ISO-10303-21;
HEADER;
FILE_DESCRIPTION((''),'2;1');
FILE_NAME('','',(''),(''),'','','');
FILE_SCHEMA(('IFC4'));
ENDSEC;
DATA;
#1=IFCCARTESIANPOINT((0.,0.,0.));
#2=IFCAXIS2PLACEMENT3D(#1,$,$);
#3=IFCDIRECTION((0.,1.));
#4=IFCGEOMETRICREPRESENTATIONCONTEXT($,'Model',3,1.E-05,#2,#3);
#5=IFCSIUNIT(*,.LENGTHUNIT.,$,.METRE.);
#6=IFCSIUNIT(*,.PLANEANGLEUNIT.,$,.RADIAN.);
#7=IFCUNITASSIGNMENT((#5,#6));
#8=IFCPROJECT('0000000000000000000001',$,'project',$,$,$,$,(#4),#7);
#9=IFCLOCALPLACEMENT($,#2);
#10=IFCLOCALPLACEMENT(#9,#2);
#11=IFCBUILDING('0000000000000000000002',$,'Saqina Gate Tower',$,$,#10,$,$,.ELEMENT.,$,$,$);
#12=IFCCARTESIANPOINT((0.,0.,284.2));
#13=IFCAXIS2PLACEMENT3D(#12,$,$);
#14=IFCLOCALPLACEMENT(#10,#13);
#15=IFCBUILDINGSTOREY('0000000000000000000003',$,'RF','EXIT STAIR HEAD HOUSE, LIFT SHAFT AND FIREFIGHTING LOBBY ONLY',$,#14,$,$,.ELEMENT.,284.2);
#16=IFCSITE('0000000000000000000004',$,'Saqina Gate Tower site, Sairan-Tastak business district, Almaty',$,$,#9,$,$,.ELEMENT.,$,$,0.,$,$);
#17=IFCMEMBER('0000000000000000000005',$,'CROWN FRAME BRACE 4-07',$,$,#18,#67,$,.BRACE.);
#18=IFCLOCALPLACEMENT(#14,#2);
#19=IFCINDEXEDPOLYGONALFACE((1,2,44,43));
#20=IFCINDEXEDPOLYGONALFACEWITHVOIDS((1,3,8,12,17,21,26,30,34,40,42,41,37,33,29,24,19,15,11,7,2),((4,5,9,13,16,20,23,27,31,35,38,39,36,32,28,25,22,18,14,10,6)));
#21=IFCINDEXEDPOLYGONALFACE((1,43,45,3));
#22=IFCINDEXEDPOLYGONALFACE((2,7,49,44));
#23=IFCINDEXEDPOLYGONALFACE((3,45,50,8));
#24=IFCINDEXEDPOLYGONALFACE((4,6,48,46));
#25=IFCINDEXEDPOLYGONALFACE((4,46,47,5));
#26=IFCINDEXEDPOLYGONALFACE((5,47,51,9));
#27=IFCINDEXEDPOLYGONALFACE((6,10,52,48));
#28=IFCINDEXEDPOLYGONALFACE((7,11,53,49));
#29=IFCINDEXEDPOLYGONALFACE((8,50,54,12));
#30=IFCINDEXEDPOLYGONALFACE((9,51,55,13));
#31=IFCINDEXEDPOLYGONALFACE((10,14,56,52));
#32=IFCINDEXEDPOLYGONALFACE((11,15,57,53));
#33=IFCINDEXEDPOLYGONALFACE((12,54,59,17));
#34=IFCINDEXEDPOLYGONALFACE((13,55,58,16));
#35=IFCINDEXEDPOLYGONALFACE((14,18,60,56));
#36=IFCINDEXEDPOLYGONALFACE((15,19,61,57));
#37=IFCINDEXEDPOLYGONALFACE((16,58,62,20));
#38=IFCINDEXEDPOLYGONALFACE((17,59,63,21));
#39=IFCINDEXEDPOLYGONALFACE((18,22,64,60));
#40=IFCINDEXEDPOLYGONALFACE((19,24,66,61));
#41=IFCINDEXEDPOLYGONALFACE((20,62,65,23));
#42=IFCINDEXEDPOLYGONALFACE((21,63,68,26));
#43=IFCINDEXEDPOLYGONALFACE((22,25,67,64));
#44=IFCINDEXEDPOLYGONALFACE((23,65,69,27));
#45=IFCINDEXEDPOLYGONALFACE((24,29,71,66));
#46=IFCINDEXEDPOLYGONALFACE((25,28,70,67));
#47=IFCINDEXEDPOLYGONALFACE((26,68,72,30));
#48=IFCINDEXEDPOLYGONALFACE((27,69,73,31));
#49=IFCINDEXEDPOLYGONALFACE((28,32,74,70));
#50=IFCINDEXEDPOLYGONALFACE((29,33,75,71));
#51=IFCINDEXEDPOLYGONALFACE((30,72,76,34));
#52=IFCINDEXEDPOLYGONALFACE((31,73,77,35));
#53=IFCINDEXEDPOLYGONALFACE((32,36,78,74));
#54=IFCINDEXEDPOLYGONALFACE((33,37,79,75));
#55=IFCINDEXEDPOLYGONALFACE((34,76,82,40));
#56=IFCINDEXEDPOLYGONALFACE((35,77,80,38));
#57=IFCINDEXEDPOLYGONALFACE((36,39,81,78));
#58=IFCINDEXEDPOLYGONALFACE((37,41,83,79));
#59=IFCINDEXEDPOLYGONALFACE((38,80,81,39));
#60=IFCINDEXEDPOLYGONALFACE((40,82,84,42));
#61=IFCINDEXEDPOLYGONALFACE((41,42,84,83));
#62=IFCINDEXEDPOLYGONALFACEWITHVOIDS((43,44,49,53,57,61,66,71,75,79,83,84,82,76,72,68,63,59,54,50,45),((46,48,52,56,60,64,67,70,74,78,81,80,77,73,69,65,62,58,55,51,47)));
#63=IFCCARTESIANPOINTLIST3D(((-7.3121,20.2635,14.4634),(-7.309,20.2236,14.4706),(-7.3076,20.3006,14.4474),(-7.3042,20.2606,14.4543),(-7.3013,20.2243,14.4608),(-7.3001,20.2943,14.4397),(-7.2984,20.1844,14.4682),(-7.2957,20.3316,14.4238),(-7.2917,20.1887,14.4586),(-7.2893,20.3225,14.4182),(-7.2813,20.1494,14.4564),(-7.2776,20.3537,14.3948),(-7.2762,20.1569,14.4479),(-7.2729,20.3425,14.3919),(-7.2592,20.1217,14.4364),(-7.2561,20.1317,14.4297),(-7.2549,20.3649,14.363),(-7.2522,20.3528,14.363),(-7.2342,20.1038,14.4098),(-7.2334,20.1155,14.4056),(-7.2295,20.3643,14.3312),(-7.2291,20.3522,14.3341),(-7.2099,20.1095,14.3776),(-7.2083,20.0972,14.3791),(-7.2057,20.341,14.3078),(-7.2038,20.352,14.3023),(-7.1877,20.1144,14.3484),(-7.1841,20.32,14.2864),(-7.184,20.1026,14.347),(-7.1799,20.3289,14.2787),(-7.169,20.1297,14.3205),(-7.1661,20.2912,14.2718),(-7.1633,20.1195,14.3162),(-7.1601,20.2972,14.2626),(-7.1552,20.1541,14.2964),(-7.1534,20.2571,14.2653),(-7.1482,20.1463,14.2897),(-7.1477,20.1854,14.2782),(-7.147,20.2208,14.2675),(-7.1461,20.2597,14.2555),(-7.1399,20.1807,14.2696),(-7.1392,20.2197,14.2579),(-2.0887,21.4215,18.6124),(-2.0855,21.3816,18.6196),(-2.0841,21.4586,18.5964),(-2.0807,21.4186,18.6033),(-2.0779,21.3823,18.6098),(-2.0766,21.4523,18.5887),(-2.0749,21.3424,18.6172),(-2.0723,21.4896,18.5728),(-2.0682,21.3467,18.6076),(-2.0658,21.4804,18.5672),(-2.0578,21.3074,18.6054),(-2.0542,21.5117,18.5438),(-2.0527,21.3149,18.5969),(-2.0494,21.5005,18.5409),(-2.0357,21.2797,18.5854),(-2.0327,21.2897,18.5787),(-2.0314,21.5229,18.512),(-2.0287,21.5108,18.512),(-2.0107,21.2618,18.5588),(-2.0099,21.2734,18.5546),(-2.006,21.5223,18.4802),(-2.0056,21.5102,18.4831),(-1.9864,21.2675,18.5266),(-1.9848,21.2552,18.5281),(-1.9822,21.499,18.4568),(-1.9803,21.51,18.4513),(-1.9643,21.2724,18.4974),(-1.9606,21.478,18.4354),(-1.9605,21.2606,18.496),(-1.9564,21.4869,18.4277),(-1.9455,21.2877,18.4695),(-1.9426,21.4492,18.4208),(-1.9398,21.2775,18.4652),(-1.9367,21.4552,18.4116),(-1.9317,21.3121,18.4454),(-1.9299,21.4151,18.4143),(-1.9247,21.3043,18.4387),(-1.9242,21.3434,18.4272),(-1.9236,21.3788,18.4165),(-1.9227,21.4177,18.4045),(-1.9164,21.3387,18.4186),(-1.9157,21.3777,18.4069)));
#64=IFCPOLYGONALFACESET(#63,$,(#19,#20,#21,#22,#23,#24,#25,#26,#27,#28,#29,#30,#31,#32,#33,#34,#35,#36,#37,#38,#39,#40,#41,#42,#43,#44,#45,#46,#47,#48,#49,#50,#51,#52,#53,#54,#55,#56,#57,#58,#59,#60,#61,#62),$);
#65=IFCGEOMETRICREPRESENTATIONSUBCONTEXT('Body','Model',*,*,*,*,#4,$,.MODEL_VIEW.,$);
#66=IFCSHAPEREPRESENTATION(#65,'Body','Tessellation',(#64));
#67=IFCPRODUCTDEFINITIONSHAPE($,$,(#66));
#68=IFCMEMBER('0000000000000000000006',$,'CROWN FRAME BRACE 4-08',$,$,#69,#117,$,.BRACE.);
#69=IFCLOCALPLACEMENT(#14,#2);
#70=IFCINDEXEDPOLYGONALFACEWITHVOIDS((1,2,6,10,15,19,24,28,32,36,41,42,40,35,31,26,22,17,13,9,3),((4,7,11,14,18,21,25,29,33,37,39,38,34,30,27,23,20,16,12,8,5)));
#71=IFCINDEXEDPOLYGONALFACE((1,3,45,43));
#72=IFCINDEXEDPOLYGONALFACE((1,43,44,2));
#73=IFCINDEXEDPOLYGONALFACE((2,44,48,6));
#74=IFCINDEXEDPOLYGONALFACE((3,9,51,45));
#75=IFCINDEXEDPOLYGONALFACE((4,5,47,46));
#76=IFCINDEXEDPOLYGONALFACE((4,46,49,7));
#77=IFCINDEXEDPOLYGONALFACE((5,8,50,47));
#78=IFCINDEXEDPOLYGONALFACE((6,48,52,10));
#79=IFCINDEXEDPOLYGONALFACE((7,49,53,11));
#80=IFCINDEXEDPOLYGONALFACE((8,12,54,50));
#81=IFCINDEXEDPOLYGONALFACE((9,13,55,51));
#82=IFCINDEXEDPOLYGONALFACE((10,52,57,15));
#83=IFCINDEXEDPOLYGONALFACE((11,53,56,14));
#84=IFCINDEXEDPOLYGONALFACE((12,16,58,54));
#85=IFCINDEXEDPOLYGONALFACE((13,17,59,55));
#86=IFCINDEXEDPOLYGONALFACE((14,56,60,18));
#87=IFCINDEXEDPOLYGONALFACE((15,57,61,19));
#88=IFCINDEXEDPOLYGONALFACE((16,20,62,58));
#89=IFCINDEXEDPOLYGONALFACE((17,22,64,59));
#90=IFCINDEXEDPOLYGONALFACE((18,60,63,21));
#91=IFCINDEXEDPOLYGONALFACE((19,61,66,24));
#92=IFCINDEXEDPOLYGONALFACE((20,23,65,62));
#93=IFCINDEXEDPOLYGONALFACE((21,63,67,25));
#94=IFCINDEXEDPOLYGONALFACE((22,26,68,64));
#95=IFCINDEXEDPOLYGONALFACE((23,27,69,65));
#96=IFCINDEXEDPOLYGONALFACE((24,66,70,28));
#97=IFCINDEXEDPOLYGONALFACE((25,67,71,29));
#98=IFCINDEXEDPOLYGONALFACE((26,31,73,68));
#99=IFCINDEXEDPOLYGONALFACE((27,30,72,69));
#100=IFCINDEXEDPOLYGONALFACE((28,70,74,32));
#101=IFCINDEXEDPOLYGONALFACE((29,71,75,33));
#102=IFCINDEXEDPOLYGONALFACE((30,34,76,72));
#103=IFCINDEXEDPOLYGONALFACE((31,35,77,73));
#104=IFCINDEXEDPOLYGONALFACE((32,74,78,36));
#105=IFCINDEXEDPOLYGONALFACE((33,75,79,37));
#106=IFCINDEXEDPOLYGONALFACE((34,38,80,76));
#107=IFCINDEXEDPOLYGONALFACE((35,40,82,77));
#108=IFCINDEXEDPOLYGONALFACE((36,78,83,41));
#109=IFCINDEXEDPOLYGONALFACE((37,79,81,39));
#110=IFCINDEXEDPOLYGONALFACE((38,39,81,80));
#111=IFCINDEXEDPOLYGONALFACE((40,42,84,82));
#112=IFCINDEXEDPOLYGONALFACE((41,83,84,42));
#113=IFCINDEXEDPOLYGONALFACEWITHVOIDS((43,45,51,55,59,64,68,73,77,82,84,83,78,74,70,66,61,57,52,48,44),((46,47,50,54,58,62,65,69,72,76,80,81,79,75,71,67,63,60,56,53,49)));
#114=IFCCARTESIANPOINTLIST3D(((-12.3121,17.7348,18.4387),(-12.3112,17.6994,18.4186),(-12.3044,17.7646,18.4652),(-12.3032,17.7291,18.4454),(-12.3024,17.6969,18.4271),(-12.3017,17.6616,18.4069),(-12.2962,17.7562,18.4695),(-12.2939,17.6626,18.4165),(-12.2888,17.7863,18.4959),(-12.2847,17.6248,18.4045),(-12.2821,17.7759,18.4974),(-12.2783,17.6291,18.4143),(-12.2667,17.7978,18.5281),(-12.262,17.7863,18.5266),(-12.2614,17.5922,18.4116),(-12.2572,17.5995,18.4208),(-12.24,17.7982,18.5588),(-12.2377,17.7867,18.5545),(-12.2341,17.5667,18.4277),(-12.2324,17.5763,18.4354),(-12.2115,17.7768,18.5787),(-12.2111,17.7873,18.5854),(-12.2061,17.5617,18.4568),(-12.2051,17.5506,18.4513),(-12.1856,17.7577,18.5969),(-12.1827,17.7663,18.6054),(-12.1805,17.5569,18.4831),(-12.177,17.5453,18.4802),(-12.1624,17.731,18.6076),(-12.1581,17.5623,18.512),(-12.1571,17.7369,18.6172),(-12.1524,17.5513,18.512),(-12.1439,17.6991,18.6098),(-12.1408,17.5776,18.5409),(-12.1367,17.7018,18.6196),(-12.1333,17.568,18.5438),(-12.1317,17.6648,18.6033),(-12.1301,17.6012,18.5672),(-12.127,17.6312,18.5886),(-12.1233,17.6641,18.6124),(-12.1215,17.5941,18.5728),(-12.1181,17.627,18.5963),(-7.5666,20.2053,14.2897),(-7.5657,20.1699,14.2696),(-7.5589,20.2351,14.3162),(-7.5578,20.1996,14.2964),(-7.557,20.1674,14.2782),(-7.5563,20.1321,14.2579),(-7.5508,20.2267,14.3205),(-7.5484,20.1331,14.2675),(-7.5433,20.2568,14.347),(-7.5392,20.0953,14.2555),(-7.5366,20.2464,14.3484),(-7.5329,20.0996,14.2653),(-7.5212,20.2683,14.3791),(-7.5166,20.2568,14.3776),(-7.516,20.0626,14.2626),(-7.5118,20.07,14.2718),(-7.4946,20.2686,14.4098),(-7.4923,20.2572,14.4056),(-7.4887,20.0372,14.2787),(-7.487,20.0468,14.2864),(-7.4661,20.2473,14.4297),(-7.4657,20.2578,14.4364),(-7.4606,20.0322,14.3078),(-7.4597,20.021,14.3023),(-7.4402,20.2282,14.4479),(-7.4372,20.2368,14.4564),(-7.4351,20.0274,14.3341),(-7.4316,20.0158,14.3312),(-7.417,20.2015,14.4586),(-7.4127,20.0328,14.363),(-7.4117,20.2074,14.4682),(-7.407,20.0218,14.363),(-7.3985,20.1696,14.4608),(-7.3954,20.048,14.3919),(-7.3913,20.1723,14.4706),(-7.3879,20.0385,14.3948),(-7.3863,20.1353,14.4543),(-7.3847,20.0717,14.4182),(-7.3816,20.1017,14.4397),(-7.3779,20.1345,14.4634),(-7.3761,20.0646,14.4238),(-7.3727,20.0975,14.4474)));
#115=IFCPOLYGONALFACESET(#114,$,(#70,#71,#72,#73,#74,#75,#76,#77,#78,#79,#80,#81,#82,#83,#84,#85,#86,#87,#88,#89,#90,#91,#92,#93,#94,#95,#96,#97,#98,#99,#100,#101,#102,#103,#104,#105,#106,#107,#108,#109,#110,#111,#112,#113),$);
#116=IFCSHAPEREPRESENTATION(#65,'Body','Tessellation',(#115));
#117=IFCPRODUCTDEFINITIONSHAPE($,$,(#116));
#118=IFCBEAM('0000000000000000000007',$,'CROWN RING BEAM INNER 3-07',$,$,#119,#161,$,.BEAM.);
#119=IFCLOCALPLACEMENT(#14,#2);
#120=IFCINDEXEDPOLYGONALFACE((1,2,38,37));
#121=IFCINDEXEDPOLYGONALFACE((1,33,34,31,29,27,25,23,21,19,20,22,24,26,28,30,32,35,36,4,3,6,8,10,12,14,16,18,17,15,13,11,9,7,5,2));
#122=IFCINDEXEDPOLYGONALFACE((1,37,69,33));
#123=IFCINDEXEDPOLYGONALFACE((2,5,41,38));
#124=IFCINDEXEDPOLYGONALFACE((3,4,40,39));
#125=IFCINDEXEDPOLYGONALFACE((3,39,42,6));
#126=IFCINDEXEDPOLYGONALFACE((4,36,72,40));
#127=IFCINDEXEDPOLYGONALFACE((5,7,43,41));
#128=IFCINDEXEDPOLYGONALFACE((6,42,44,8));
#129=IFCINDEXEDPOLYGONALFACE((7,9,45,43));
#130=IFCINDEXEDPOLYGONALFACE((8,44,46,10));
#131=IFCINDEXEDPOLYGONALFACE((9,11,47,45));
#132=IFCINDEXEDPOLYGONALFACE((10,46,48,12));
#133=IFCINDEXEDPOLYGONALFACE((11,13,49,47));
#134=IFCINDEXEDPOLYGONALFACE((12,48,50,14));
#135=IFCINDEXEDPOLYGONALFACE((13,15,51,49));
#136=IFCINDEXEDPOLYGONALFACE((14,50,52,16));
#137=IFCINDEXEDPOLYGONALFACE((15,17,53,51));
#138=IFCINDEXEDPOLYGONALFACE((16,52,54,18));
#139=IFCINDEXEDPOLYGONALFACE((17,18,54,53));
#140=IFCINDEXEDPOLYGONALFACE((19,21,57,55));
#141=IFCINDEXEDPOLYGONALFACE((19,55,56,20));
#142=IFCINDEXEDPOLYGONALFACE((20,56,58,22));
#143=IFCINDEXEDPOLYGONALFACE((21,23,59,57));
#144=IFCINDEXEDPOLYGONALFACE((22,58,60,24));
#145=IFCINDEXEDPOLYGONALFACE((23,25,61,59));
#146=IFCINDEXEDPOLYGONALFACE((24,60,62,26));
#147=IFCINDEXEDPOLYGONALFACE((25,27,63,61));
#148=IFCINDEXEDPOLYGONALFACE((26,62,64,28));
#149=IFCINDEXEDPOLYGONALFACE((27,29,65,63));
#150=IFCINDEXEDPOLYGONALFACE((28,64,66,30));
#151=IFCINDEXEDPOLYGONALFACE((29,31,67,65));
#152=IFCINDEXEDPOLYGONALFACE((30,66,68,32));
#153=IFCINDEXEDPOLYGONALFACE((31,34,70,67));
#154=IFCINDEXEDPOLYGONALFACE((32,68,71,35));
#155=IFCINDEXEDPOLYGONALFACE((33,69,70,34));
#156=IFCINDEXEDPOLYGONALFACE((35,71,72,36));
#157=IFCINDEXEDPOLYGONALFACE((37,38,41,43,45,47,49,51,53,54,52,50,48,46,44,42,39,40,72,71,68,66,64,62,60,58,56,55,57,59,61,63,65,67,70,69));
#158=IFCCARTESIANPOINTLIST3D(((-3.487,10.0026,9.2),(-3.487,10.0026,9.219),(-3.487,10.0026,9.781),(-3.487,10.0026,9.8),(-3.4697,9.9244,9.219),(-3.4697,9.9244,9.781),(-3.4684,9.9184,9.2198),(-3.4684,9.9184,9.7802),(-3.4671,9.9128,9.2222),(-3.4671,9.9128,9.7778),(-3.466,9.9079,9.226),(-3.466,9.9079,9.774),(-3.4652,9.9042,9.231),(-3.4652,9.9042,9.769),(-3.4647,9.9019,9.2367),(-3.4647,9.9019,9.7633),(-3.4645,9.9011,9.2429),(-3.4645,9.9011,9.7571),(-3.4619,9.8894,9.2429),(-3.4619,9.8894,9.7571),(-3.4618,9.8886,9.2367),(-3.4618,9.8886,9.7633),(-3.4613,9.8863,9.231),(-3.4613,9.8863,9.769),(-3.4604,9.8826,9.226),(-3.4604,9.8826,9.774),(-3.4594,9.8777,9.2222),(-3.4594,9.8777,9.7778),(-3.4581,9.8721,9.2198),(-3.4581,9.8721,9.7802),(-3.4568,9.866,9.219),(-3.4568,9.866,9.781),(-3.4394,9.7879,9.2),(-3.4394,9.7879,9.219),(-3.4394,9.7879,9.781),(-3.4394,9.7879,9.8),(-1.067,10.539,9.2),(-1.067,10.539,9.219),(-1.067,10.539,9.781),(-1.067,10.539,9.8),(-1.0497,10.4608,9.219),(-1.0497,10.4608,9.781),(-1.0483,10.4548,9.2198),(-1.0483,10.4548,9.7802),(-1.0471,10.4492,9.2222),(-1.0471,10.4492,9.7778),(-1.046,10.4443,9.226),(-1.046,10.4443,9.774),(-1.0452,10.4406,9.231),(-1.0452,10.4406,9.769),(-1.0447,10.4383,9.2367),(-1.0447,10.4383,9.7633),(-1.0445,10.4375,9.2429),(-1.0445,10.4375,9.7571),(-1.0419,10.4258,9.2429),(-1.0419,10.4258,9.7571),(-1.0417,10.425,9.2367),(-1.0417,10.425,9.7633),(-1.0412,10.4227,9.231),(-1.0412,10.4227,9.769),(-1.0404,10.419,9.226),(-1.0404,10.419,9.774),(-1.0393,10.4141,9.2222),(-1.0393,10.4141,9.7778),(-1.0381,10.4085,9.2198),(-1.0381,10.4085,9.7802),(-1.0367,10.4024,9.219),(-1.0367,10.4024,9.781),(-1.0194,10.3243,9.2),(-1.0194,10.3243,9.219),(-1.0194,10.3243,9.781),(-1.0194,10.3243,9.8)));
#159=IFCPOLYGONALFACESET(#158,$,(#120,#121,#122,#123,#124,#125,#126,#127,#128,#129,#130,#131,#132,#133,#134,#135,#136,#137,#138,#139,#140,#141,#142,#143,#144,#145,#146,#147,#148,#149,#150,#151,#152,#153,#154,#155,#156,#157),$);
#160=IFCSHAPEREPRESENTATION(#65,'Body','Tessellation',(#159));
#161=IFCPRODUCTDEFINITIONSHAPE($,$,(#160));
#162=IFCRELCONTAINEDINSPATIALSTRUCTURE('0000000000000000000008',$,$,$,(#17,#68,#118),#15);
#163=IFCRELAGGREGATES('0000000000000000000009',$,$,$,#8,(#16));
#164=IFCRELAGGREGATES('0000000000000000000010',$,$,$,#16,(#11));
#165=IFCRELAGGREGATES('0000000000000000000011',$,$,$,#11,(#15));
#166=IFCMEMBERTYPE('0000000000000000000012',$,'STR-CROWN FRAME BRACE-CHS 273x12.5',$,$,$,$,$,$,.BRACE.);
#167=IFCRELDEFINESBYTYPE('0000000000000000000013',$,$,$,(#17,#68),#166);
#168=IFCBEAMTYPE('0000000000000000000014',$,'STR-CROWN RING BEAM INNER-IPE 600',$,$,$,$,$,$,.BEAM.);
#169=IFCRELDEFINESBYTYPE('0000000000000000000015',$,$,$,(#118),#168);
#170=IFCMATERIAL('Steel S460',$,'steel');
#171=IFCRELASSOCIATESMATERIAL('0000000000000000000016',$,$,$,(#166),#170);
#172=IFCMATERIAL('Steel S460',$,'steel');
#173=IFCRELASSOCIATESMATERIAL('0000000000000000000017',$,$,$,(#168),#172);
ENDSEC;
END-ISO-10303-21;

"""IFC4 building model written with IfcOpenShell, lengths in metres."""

from ifc_helpers import new_model, si_unit, direction, frame, origin, origin_2d, place, context, subcontext, project, spatial, hollow_circle, i_section, extrude, material, material_profile, profile_set, type_object, element, save


model = new_model("IFC4")

# Units and contexts
model_context = context("Model", 3, precision=1e-05, world=origin(), true_north=direction((0.0, 1.0)))
body_context = subcontext(model_context, "Body", "Model", "MODEL_VIEW")
ifc_project = project(units=[si_unit("LENGTHUNIT", "METRE"), si_unit("PLANEANGLEUNIT", "RADIAN")], contexts=[model_context])

# Site, building, storey
site_placement = place(None, origin())
site = spatial("IfcSite", under=ifc_project, at=site_placement, Name="Saqina Gate Tower site, Sairan-Tastak business district, Almaty", CompositionType="ELEMENT", RefElevation=0.0)
building_placement = place(site_placement, origin())
building = spatial("IfcBuilding", under=site, at=building_placement, Name="Saqina Gate Tower", CompositionType="ELEMENT")
storey_placement = place(building_placement, frame((0.0, 0.0, 284.2)))
storey = spatial("IfcBuildingStorey", under=building, at=storey_placement, Name="RF", Description="EXIT STAIR HEAD HOUSE, LIFT SHAFT AND FIREFIGHTING LOBBY ONLY", CompositionType="ELEMENT", Elevation=284.2)

# Members
ifc_material_1 = material(Name="Steel S460", Category="steel")
ifc_material_profile_1 = material_profile(ifc_material_1, hollow_circle(Radius=0.1365, WallThickness=0.0125, at=origin_2d()), Name="CHS 273x12.5")
ifc_profile_set_1 = profile_set([ifc_material_profile_1], Name="Steel S460")
member_type = type_object("IfcMemberType", Name="STR-CROWN FRAME BRACE-CHS 273x12.5", PredefinedType="BRACE", material=ifc_profile_set_1)
for number, where, z_axis, x_axis, name in (
    (1, (-7.2253, 20.2317, 14.363), (0.771504, 0.171033, 0.612804), (-0.216433, 0.976298, 0.0), "CROWN FRAME BRACE 4-07"),
):
    element("IfcMember", number, at=place(storey_placement, frame(where, z_axis=z_axis, x_axis=x_axis)), inside=storey, type_object=member_type, Name=name, PredefinedType="BRACE", context=body_context, shape_type="SweptSolid", body=[
        extrude(hollow_circle(Radius=0.1365, WallThickness=0.0125, at=origin_2d()), origin(), (0.0, 0.0, 1.0), 6.7705),
    ])
member_1_placement = place(storey_placement, frame((-7.47, 20.1428, 14.363), z_axis=(-0.700922, -0.364904, 0.612824), x_axis=(0.461775, -0.886997, 0.0)))
element("IfcMember", 2, at=member_1_placement, inside=storey, type_object=member_type, Name="CROWN FRAME BRACE 4-08", PredefinedType="BRACE", context=body_context, shape_type="SweptSolid", body=[
    extrude(hollow_circle(Radius=0.1365, WallThickness=0.0125, at=origin_2d()), origin(), (0.0, 0.0, 1.0), 6.7703),
])

# Beam
ifc_material_2 = material(Name="Steel S460", Category="steel")
ifc_material_profile_2 = material_profile(ifc_material_2, i_section(OverallWidth=0.22, OverallDepth=0.6001, WebThickness=0.012, FlangeThickness=0.019, FilletRadius=0.0239, at=origin_2d()), Name="IPE 600")
ifc_profile_set_2 = profile_set([ifc_material_profile_2], Name="Steel S460")
beam_type_1 = type_object("IfcBeamType", Name="STR-CROWN RING BEAM INNER-IPE 600", PredefinedType="BEAM", material=ifc_profile_set_2)
for number, where, z_axis, x_axis, name in (
    (3, (-1.0432, 10.4316, 9.5), (-0.976305, -0.216399, 0.0), (0.216399, -0.976305, 0.0), "CROWN RING BEAM INNER 3-07"),
):
    element("IfcBeam", number, at=place(storey_placement, frame(where, z_axis=z_axis, x_axis=x_axis)), inside=storey, type_object=beam_type_1, Name=name, PredefinedType="BEAM", context=body_context, shape_type="SweptSolid", body=[
        extrude(i_section(OverallWidth=0.22, OverallDepth=0.6001, WebThickness=0.012, FlangeThickness=0.019, FilletRadius=0.0239, at=origin_2d()), origin(), (0.0, 0.0, 1.0), 2.4788),
    ])

save(model, "model.ifc")
